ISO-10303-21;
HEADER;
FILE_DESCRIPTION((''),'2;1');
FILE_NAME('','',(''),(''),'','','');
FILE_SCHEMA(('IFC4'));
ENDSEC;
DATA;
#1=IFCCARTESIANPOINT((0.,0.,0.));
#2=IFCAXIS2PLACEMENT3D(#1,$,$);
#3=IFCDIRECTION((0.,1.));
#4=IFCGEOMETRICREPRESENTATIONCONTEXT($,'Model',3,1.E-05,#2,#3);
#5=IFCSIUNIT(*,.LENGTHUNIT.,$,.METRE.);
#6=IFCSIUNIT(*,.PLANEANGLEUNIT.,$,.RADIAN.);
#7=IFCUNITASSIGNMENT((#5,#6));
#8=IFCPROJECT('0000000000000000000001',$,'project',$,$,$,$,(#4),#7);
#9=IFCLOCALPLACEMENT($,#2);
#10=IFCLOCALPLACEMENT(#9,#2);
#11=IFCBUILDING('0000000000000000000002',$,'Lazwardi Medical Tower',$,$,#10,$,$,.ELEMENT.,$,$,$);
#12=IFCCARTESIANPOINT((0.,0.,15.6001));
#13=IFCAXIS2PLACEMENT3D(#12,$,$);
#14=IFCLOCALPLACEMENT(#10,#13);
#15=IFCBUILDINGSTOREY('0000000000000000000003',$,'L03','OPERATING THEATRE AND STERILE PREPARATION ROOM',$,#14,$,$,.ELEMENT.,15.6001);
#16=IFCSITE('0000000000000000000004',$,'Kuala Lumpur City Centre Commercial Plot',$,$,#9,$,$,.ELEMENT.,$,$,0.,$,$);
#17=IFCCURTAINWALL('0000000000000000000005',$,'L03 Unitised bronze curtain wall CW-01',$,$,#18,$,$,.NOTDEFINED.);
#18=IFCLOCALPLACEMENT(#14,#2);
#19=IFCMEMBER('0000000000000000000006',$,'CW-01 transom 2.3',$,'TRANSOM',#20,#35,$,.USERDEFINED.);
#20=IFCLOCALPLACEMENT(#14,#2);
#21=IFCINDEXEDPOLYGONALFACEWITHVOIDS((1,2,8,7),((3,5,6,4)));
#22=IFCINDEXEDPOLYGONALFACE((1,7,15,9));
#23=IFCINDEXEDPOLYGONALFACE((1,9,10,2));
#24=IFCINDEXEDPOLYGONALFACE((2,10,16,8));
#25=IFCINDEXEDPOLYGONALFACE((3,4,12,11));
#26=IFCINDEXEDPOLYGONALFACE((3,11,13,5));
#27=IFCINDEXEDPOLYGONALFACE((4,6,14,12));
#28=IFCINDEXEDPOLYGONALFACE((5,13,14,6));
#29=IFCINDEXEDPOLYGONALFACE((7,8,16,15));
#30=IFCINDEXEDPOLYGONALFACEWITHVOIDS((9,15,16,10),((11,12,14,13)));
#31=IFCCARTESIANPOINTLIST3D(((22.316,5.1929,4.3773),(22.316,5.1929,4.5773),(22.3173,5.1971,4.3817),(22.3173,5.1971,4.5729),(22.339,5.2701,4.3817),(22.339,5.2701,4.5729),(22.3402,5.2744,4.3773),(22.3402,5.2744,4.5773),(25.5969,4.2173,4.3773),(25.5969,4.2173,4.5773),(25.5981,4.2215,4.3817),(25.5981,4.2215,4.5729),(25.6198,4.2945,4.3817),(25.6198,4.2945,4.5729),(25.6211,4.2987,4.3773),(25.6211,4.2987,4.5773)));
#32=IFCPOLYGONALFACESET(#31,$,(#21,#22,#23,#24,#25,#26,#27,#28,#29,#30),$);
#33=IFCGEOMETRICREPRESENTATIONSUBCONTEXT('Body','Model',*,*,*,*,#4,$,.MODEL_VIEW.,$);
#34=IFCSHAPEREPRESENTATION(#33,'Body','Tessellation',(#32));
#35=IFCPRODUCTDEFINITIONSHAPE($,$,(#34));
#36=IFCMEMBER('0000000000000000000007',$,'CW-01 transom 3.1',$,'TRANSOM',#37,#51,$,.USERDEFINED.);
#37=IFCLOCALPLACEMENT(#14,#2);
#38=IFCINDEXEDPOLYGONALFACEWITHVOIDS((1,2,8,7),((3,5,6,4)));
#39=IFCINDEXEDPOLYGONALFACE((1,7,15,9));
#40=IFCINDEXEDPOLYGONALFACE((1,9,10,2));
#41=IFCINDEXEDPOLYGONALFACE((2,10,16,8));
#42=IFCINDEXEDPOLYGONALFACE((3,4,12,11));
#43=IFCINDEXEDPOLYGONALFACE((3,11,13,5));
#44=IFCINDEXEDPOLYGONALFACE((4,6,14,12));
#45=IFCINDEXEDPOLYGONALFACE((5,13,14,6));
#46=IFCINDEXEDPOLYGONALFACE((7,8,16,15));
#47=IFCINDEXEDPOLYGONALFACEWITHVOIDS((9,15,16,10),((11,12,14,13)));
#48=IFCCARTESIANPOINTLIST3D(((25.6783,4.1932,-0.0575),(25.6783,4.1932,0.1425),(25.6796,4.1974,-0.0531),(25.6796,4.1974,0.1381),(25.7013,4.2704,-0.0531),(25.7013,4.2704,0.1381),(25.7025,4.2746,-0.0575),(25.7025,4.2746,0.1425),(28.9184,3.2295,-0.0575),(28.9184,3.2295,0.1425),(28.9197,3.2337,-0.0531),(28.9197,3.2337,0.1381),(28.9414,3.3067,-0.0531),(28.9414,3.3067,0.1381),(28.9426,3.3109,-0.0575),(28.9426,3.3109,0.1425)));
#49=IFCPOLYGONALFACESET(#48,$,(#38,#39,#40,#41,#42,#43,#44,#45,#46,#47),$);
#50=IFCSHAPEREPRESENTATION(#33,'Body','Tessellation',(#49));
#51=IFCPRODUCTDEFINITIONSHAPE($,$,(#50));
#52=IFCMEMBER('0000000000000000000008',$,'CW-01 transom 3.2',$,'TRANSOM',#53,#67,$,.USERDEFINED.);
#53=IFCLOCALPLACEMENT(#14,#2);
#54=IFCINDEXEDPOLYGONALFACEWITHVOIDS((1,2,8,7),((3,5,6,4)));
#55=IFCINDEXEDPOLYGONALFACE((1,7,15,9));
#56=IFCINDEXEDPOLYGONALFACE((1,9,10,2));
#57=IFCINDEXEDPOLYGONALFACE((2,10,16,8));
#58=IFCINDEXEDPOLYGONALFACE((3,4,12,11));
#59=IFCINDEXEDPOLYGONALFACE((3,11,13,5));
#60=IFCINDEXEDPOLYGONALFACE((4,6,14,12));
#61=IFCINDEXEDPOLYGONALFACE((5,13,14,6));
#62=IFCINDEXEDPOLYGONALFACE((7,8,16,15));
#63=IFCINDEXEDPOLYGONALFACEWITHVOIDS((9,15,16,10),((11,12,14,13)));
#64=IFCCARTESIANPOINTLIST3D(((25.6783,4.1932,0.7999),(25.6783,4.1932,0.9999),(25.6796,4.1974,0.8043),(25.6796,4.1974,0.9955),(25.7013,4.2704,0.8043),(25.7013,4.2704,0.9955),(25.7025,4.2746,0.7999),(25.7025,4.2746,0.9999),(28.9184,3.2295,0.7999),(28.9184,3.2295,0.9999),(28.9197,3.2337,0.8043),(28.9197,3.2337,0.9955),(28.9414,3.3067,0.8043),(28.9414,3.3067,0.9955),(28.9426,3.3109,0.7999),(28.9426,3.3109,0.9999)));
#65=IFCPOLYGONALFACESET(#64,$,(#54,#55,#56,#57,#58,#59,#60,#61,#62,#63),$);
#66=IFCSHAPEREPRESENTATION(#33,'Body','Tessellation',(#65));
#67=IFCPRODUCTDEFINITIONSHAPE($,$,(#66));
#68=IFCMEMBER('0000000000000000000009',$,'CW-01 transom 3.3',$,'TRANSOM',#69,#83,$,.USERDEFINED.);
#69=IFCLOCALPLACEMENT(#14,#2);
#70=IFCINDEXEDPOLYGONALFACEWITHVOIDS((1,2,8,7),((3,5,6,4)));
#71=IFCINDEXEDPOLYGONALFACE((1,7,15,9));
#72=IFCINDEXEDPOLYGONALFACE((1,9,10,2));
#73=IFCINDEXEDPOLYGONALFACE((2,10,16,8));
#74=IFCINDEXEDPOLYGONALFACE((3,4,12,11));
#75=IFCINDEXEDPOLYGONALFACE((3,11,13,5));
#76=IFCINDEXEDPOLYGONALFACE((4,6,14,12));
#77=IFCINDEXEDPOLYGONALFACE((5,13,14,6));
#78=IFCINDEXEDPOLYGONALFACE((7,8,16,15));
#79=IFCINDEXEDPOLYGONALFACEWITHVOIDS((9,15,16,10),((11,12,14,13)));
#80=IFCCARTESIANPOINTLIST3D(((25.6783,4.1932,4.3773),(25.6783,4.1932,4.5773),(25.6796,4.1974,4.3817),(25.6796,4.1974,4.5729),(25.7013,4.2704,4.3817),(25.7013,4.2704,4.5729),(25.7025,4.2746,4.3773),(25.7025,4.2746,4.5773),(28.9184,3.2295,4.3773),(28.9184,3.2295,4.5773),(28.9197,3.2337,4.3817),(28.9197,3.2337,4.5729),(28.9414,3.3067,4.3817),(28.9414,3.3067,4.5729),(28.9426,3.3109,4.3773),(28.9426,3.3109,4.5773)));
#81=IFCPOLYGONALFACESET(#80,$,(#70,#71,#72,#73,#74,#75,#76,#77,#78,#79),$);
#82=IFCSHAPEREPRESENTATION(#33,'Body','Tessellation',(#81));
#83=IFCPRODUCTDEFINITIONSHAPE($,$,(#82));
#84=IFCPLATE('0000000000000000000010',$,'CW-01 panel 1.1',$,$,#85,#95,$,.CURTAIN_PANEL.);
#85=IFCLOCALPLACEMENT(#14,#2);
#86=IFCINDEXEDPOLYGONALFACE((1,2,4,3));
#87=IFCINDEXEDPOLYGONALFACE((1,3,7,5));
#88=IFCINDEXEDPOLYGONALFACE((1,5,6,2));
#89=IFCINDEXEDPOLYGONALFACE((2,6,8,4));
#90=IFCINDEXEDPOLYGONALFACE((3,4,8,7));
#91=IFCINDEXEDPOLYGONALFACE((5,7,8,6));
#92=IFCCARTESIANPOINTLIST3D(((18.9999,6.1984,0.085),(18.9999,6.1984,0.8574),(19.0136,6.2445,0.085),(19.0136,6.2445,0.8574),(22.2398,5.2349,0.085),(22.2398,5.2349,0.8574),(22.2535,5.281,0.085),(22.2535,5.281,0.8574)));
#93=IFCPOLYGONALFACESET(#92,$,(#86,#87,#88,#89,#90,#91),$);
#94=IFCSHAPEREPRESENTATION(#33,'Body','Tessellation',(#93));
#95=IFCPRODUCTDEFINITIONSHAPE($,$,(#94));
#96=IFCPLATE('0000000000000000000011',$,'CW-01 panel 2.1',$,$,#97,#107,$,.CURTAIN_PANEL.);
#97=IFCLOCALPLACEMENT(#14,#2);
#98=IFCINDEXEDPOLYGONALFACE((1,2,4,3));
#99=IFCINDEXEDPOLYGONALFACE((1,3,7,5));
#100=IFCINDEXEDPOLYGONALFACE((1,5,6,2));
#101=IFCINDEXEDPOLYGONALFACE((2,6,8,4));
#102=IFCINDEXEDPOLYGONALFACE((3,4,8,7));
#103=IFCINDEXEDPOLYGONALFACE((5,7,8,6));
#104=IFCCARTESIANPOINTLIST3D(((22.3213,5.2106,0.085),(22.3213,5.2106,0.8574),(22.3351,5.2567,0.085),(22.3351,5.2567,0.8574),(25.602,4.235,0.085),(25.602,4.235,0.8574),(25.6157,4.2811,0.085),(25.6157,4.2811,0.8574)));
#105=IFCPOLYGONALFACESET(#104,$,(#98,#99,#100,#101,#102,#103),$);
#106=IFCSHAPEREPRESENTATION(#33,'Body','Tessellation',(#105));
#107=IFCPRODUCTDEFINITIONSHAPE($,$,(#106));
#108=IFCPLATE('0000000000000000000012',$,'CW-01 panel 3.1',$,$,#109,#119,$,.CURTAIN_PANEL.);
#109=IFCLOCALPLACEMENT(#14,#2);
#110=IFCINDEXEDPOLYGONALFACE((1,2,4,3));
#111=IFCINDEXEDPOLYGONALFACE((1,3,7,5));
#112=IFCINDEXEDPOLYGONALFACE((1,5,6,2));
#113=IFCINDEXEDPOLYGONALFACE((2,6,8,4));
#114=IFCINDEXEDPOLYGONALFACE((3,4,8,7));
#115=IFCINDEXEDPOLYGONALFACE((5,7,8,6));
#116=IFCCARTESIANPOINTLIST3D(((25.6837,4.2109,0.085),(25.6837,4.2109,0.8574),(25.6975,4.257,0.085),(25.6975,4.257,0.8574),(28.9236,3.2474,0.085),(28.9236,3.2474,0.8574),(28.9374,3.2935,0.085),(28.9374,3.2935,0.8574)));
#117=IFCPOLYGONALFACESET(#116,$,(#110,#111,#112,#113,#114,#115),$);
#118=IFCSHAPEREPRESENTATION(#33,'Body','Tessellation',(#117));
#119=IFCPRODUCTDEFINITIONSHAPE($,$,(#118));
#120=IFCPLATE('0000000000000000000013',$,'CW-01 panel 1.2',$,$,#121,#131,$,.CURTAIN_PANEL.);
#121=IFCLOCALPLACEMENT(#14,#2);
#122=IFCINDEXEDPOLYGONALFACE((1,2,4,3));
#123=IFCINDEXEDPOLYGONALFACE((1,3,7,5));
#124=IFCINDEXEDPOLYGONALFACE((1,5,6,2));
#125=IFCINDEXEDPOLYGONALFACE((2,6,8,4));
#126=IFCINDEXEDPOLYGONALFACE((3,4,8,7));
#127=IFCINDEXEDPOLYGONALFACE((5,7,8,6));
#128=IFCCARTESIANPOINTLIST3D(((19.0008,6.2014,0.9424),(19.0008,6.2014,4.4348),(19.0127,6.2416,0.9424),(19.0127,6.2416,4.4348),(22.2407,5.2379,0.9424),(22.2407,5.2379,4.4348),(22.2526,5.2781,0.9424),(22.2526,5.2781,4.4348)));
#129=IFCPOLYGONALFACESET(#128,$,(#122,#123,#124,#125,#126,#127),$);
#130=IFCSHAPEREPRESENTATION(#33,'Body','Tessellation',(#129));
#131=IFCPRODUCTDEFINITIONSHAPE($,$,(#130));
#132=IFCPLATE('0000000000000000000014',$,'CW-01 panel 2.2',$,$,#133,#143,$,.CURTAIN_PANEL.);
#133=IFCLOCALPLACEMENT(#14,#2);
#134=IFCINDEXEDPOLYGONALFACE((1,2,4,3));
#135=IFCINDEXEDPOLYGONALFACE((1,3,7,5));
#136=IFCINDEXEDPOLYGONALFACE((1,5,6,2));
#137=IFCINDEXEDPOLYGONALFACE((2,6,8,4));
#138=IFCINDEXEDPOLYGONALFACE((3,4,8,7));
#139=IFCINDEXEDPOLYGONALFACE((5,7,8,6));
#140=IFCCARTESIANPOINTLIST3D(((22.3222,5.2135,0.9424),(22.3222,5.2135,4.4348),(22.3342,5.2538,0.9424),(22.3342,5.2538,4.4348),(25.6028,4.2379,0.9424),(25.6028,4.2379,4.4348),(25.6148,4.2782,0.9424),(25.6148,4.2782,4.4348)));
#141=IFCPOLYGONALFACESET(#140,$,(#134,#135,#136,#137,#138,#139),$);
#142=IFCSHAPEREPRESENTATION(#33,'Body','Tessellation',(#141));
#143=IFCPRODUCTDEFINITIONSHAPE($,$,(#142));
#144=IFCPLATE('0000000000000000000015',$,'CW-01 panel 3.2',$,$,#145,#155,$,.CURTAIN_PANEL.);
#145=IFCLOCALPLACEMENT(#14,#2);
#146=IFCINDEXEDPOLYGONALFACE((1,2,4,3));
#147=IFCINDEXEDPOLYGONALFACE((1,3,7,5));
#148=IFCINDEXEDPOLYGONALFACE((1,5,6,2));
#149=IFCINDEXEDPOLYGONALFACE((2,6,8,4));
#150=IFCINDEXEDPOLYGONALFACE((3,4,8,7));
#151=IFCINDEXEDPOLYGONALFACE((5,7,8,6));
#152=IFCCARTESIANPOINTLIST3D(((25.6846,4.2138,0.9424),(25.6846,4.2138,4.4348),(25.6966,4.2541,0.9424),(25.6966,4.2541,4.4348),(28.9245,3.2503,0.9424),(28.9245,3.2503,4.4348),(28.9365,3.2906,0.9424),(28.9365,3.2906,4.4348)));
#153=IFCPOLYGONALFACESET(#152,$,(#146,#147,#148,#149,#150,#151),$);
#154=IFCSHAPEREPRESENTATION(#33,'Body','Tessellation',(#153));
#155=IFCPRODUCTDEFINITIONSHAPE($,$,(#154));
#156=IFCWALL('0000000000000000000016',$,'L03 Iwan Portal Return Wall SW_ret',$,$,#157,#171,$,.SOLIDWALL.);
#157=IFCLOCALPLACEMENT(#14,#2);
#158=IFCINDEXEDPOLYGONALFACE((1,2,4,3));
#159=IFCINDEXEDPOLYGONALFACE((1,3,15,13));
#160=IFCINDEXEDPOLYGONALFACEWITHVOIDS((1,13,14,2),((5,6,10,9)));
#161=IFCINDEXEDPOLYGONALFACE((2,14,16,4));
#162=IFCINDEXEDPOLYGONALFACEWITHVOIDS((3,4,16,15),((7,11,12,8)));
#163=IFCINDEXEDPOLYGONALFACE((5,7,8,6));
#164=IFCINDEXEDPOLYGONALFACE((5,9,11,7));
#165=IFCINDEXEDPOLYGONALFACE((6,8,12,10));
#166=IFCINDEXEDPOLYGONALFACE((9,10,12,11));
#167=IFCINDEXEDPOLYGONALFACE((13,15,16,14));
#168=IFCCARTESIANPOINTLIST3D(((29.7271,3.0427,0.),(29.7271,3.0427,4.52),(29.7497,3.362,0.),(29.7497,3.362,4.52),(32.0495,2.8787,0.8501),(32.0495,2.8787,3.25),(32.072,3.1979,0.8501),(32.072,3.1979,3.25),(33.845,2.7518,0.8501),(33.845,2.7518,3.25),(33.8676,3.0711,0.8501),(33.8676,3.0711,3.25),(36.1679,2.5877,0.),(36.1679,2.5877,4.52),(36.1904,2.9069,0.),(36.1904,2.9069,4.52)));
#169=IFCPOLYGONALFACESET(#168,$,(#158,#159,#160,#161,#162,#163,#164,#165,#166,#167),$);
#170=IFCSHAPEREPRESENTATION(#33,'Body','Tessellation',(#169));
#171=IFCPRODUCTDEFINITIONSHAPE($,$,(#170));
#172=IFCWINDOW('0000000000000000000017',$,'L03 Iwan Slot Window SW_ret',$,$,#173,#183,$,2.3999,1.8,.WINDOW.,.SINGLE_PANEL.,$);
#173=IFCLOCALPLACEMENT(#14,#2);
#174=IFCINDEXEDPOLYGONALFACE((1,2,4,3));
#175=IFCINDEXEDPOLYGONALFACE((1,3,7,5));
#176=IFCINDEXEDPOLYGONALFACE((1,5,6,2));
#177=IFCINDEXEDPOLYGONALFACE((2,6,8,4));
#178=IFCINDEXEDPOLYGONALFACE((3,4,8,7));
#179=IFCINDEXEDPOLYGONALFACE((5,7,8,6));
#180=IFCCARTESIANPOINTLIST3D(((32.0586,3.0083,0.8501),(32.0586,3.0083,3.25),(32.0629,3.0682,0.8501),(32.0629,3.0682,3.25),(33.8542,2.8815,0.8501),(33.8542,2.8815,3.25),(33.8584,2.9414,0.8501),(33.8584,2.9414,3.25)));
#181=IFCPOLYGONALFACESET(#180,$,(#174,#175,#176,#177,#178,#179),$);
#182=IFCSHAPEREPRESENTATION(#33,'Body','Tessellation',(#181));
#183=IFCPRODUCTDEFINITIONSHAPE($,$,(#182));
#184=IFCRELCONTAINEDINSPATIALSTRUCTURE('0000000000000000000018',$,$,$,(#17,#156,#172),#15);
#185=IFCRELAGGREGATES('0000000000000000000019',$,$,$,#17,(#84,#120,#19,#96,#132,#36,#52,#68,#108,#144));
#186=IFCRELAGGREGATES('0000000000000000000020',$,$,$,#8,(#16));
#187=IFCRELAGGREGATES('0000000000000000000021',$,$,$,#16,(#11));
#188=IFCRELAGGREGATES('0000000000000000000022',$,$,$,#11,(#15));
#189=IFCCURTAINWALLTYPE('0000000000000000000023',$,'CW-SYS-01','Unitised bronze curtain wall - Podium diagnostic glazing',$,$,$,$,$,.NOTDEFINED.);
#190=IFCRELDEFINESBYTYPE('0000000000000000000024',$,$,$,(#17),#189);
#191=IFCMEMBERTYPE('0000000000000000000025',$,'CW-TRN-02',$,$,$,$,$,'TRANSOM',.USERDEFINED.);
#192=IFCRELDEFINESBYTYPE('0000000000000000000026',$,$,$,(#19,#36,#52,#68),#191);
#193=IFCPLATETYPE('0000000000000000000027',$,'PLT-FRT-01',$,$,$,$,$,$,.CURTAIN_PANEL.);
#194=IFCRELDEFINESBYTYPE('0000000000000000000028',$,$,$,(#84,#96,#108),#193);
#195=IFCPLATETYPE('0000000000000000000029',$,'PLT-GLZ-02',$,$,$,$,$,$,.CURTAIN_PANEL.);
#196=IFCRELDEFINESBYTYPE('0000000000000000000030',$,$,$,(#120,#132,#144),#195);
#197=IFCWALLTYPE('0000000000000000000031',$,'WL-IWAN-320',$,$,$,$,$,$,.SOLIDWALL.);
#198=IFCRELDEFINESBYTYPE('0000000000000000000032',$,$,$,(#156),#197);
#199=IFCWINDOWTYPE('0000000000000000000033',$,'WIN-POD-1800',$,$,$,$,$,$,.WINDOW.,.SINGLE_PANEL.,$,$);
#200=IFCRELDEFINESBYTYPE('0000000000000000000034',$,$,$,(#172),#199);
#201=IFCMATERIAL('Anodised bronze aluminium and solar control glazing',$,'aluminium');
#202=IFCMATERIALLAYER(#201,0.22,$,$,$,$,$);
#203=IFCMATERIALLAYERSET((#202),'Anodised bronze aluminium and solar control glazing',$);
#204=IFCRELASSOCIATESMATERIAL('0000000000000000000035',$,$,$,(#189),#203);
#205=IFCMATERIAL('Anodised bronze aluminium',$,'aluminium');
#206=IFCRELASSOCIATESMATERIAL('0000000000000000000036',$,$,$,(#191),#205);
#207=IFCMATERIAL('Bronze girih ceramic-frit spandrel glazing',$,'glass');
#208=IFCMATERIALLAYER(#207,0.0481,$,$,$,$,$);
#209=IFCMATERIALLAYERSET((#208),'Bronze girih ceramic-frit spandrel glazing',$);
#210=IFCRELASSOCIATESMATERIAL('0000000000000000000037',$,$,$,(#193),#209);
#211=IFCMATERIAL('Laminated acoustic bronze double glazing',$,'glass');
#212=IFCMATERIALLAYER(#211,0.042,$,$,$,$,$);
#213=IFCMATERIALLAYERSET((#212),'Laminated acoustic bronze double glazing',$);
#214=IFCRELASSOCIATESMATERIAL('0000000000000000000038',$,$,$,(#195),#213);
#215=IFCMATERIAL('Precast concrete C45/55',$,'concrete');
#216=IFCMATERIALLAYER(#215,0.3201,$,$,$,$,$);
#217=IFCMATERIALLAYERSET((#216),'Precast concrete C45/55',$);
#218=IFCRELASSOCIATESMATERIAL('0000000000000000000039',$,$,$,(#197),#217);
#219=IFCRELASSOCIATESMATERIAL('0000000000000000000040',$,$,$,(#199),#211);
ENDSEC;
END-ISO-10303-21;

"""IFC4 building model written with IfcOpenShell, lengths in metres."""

from ifc_helpers import new_model, si_unit, direction, frame, frame_2d, origin, origin_2d, place, context, subcontext, project, spatial, rectangle, hollow_rectangle, extrude, material, layer, layer_set, material_profile, profile_set, type_object, element, fill, aggregate, save


model = new_model("IFC4")

# Units and contexts
model_context = context("Model", 3, precision=1e-05, world=origin(), true_north=direction((0.0, 1.0)))
body_context = subcontext(model_context, "Body", "Model", "MODEL_VIEW")
ifc_project = project(units=[si_unit("LENGTHUNIT", "METRE"), si_unit("PLANEANGLEUNIT", "RADIAN")], contexts=[model_context])

# Site, building, storey
site_placement = place(None, origin())
site = spatial("IfcSite", under=ifc_project, at=site_placement, Name="Kuala Lumpur City Centre Commercial Plot", CompositionType="ELEMENT", RefElevation=0.0)
building_placement = place(site_placement, origin())
building = spatial("IfcBuilding", under=site, at=building_placement, Name="Lazwardi Medical Tower", CompositionType="ELEMENT")
storey_placement = place(building_placement, frame((0.0, 0.0, 15.6001)))
storey = spatial("IfcBuildingStorey", under=building, at=storey_placement, Name="L03", Description="OPERATING THEATRE AND STERILE PREPARATION ROOM", CompositionType="ELEMENT", Elevation=15.6001)

# Curtain wall
ifc_material_1 = material(Name="Anodised bronze aluminium and solar control glazing", Category="aluminium")
ifc_material_2 = material(Name="Anodised bronze aluminium", Category="aluminium")
ifc_layer_1 = layer(ifc_material_1, 0.22)
ifc_layer_set_1 = layer_set([ifc_layer_1], Name="Anodised bronze aluminium and solar control glazing")
curtain_wall_type_1 = type_object("IfcCurtainWallType", Name="CW-SYS-01", Description="Unitised bronze curtain wall - Podium diagnostic glazing", PredefinedType="NOTDEFINED", material=ifc_layer_set_1)
curtain_wall_1_placement = place(storey_placement, origin())
curtain_wall_1 = element("IfcCurtainWall", 1, at=curtain_wall_1_placement, inside=storey, type_object=curtain_wall_type_1, Name="L03 Unitised bronze curtain wall CW-01", PredefinedType="NOTDEFINED")

# Members
ifc_material_profile_1 = material_profile(ifc_material_2, hollow_rectangle(XDim=0.085, YDim=0.2, WallThickness=0.0044, at=origin_2d()), Name="ALU-TRANSOM 200x85x4.5")
ifc_profile_set_1 = profile_set([ifc_material_profile_1], Name="Anodised bronze aluminium")
member_type_1 = type_object("IfcMemberType", Name="CW-TRN-02", ElementType="TRANSOM", PredefinedType="USERDEFINED", material=ifc_profile_set_1)
member_1_placement = place(storey_placement, frame((22.3281, 5.2336, 4.4773), z_axis=(0.958518, -0.28503, 0.0), x_axis=(0.28503, 0.958518, 0.0)))
member_1 = element("IfcMember", 2, at=member_1_placement, type_object=member_type_1, Name="CW-01 transom 2.3", ObjectType="TRANSOM", PredefinedType="USERDEFINED", context=body_context, shape_type="SweptSolid", body=[
    extrude(hollow_rectangle(XDim=0.085, YDim=0.2, WallThickness=0.0044, at=origin_2d()), origin(), (0.0, 0.0, 1.0), 3.4229),
])
member_2_placement = place(storey_placement, frame((25.6904, 4.2339, 0.0425), z_axis=(0.958505, -0.285074, 0.0), x_axis=(0.285074, 0.958505, 0.0)))
member_2 = element("IfcMember", 3, at=member_2_placement, type_object=member_type_1, Name="CW-01 transom 3.1", ObjectType="TRANSOM", PredefinedType="USERDEFINED", context=body_context, shape_type="SweptSolid", body=[
    extrude(hollow_rectangle(XDim=0.085, YDim=0.2, WallThickness=0.0044, at=origin_2d()), origin(), (0.0, 0.0, 1.0), 3.3804),
])
member_3_placement = place(storey_placement, frame((25.6904, 4.2339, 0.8999), z_axis=(0.958505, -0.285074, 0.0), x_axis=(0.285074, 0.958505, 0.0)))
member_3 = element("IfcMember", 4, at=member_3_placement, type_object=member_type_1, Name="CW-01 transom 3.2", ObjectType="TRANSOM", PredefinedType="USERDEFINED", context=body_context, shape_type="SweptSolid", body=[
    extrude(hollow_rectangle(XDim=0.085, YDim=0.2, WallThickness=0.0044, at=origin_2d()), origin(), (0.0, 0.0, 1.0), 3.3804),
])
member_4_placement = place(storey_placement, frame((25.6904, 4.2339, 4.4773), z_axis=(0.958505, -0.285074, 0.0), x_axis=(0.285074, 0.958505, 0.0)))
member_4 = element("IfcMember", 5, at=member_4_placement, type_object=member_type_1, Name="CW-01 transom 3.3", ObjectType="TRANSOM", PredefinedType="USERDEFINED", context=body_context, shape_type="SweptSolid", body=[
    extrude(hollow_rectangle(XDim=0.085, YDim=0.2, WallThickness=0.0044, at=origin_2d()), origin(), (0.0, 0.0, 1.0), 3.3804),
])

# Plates
ifc_material_3 = material(Name="Bronze girih ceramic-frit spandrel glazing", Category="glass")
ifc_layer_2 = layer(ifc_material_3, 0.0481)
ifc_layer_set_2 = layer_set([ifc_layer_2], Name="Bronze girih ceramic-frit spandrel glazing")
plate_type_1 = type_object("IfcPlateType", Name="PLT-FRT-01", PredefinedType="CURTAIN_PANEL", material=ifc_layer_set_2)
plate_1_placement = place(storey_placement, frame((20.6267, 5.7397, 0.085), z_axis=(0.0, 0.0, 1.0), x_axis=(0.958513, -0.285047, 0.0)))
plate_1 = element("IfcPlate", 6, at=plate_1_placement, type_object=plate_type_1, Name="CW-01 panel 1.1", PredefinedType="CURTAIN_PANEL", context=body_context, shape_type="SweptSolid", body=[
    extrude(rectangle(XDim=3.3801, YDim=0.0481, at=origin_2d()), origin(), (0.0, 0.0, 1.0), 0.7725),
])
plate_2_placement = place(storey_placement, frame((23.9685, 4.7458, 0.085), z_axis=(0.0, 0.0, 1.0), x_axis=(0.958513, -0.285047, 0.0)))
plate_2 = element("IfcPlate", 7, at=plate_2_placement, type_object=plate_type_1, Name="CW-01 panel 2.1", PredefinedType="CURTAIN_PANEL", context=body_context, shape_type="SweptSolid", body=[
    extrude(rectangle(XDim=3.4226, YDim=0.0481, at=origin_2d()), origin(), (0.0, 0.0, 1.0), 0.7725),
])
plate_3_placement = place(storey_placement, frame((27.3105, 3.7522, 0.085), z_axis=(0.0, 0.0, 1.0), x_axis=(0.958513, -0.285047, 0.0)))
plate_3 = element("IfcPlate", 8, at=plate_3_placement, type_object=plate_type_1, Name="CW-01 panel 3.1", PredefinedType="CURTAIN_PANEL", context=body_context, shape_type="SweptSolid", body=[
    extrude(rectangle(XDim=3.3801, YDim=0.0481, at=origin_2d()), origin(), (0.0, 0.0, 1.0), 0.7725),
])
ifc_material_4 = material(Name="Laminated acoustic bronze double glazing", Category="glass")
ifc_layer_3 = layer(ifc_material_4, 0.042)
ifc_layer_set_3 = layer_set([ifc_layer_3], Name="Laminated acoustic bronze double glazing")
plate_type_2 = type_object("IfcPlateType", Name="PLT-GLZ-02", PredefinedType="CURTAIN_PANEL", material=ifc_layer_set_3)
plate_4_placement = place(storey_placement, frame((20.6267, 5.7397, 0.9424), z_axis=(0.0, 0.0, 1.0), x_axis=(0.958513, -0.285047, 0.0)))
plate_4 = element("IfcPlate", 9, at=plate_4_placement, type_object=plate_type_2, Name="CW-01 panel 1.2", PredefinedType="CURTAIN_PANEL", context=body_context, shape_type="SweptSolid", body=[
    extrude(rectangle(XDim=3.3801, YDim=0.042, at=origin_2d()), origin(), (0.0, 0.0, 1.0), 3.4924),
])
plate_5_placement = place(storey_placement, frame((23.9685, 4.7458, 0.9424), z_axis=(0.0, 0.0, 1.0), x_axis=(0.958513, -0.285047, 0.0)))
plate_5 = element("IfcPlate", 10, at=plate_5_placement, type_object=plate_type_2, Name="CW-01 panel 2.2", PredefinedType="CURTAIN_PANEL", context=body_context, shape_type="SweptSolid", body=[
    extrude(rectangle(XDim=3.4226, YDim=0.042, at=origin_2d()), origin(), (0.0, 0.0, 1.0), 3.4924),
])
plate_6_placement = place(storey_placement, frame((27.3105, 3.7522, 0.9424), z_axis=(0.0, 0.0, 1.0), x_axis=(0.958513, -0.285047, 0.0)))
plate_6 = element("IfcPlate", 11, at=plate_6_placement, type_object=plate_type_2, Name="CW-01 panel 3.2", PredefinedType="CURTAIN_PANEL", context=body_context, shape_type="SweptSolid", body=[
    extrude(rectangle(XDim=3.3801, YDim=0.042, at=origin_2d()), origin(), (0.0, 0.0, 1.0), 3.4924),
])
aggregate(curtain_wall_1, [plate_1, plate_4, member_1, plate_2, plate_5, member_2, member_3, member_4, plate_3, plate_6])

# Wall, opening, window
ifc_material_5 = material(Name="Precast concrete C45/55", Category="concrete")
ifc_layer_4 = layer(ifc_material_5, 0.3201)
ifc_layer_set_4 = layer_set([ifc_layer_4], Name="Precast concrete C45/55")
wall_type = type_object("IfcWallType", Name="WL-IWAN-320", PredefinedType="SOLIDWALL", material=ifc_layer_set_4)
wall_placement = place(storey_placement, frame((29.7383, 3.2024, 0.0), z_axis=(0.0, 0.0, 1.0), x_axis=(0.997513, -0.070481, 0.0)))
wall = element("IfcWall", 12, at=wall_placement, inside=storey, type_object=wall_type, Name="L03 Iwan Portal Return Wall SW_ret", PredefinedType="SOLIDWALL", context=body_context, shape_type="SweptSolid", body=[
    extrude(rectangle(XDim=6.4568, YDim=0.3201, at=frame_2d((3.2285, 0.0))), origin(), (0.0, 0.0, 1.0), 4.52),
])
opening_placement = place(wall_placement, frame((2.3284, 0.0, 0.8501)))
opening = element("IfcOpeningElement", 13, at=opening_placement, cuts=wall, PredefinedType="OPENING", context=body_context, shape_type="SweptSolid", body=[
    extrude(rectangle(XDim=1.8, YDim=2.3999, at=frame_2d((0.8999, 1.2))), frame((0.0, 0.1699, 0.0), z_axis=(0.0, -1.0, 0.0), x_axis=(1.0, 0.0, 0.0)), (0.0, 0.0, 1.0), 0.3401),
])
window_type = type_object("IfcWindowType", Name="WIN-POD-1800", PartitioningType="SINGLE_PANEL", PredefinedType="WINDOW", material=ifc_material_4)
window_placement = place(opening_placement, origin())
window = element("IfcWindow", 14, at=window_placement, inside=storey, type_object=window_type, Name="L03 Iwan Slot Window SW_ret", OverallHeight=2.3999, OverallWidth=1.8, PartitioningType="SINGLE_PANEL", PredefinedType="WINDOW", context=body_context, shape_type="SweptSolid", body=[
    extrude(rectangle(XDim=1.8, YDim=2.3999, at=frame_2d((0.8999, 1.2))), frame((0.0, 0.03, 0.0), z_axis=(0.0, -1.0, 0.0), x_axis=(1.0, 0.0, 0.0)), (0.0, 0.0, 1.0), 0.0601),
])
fill(opening, window)

save(model, "model.ifc")
